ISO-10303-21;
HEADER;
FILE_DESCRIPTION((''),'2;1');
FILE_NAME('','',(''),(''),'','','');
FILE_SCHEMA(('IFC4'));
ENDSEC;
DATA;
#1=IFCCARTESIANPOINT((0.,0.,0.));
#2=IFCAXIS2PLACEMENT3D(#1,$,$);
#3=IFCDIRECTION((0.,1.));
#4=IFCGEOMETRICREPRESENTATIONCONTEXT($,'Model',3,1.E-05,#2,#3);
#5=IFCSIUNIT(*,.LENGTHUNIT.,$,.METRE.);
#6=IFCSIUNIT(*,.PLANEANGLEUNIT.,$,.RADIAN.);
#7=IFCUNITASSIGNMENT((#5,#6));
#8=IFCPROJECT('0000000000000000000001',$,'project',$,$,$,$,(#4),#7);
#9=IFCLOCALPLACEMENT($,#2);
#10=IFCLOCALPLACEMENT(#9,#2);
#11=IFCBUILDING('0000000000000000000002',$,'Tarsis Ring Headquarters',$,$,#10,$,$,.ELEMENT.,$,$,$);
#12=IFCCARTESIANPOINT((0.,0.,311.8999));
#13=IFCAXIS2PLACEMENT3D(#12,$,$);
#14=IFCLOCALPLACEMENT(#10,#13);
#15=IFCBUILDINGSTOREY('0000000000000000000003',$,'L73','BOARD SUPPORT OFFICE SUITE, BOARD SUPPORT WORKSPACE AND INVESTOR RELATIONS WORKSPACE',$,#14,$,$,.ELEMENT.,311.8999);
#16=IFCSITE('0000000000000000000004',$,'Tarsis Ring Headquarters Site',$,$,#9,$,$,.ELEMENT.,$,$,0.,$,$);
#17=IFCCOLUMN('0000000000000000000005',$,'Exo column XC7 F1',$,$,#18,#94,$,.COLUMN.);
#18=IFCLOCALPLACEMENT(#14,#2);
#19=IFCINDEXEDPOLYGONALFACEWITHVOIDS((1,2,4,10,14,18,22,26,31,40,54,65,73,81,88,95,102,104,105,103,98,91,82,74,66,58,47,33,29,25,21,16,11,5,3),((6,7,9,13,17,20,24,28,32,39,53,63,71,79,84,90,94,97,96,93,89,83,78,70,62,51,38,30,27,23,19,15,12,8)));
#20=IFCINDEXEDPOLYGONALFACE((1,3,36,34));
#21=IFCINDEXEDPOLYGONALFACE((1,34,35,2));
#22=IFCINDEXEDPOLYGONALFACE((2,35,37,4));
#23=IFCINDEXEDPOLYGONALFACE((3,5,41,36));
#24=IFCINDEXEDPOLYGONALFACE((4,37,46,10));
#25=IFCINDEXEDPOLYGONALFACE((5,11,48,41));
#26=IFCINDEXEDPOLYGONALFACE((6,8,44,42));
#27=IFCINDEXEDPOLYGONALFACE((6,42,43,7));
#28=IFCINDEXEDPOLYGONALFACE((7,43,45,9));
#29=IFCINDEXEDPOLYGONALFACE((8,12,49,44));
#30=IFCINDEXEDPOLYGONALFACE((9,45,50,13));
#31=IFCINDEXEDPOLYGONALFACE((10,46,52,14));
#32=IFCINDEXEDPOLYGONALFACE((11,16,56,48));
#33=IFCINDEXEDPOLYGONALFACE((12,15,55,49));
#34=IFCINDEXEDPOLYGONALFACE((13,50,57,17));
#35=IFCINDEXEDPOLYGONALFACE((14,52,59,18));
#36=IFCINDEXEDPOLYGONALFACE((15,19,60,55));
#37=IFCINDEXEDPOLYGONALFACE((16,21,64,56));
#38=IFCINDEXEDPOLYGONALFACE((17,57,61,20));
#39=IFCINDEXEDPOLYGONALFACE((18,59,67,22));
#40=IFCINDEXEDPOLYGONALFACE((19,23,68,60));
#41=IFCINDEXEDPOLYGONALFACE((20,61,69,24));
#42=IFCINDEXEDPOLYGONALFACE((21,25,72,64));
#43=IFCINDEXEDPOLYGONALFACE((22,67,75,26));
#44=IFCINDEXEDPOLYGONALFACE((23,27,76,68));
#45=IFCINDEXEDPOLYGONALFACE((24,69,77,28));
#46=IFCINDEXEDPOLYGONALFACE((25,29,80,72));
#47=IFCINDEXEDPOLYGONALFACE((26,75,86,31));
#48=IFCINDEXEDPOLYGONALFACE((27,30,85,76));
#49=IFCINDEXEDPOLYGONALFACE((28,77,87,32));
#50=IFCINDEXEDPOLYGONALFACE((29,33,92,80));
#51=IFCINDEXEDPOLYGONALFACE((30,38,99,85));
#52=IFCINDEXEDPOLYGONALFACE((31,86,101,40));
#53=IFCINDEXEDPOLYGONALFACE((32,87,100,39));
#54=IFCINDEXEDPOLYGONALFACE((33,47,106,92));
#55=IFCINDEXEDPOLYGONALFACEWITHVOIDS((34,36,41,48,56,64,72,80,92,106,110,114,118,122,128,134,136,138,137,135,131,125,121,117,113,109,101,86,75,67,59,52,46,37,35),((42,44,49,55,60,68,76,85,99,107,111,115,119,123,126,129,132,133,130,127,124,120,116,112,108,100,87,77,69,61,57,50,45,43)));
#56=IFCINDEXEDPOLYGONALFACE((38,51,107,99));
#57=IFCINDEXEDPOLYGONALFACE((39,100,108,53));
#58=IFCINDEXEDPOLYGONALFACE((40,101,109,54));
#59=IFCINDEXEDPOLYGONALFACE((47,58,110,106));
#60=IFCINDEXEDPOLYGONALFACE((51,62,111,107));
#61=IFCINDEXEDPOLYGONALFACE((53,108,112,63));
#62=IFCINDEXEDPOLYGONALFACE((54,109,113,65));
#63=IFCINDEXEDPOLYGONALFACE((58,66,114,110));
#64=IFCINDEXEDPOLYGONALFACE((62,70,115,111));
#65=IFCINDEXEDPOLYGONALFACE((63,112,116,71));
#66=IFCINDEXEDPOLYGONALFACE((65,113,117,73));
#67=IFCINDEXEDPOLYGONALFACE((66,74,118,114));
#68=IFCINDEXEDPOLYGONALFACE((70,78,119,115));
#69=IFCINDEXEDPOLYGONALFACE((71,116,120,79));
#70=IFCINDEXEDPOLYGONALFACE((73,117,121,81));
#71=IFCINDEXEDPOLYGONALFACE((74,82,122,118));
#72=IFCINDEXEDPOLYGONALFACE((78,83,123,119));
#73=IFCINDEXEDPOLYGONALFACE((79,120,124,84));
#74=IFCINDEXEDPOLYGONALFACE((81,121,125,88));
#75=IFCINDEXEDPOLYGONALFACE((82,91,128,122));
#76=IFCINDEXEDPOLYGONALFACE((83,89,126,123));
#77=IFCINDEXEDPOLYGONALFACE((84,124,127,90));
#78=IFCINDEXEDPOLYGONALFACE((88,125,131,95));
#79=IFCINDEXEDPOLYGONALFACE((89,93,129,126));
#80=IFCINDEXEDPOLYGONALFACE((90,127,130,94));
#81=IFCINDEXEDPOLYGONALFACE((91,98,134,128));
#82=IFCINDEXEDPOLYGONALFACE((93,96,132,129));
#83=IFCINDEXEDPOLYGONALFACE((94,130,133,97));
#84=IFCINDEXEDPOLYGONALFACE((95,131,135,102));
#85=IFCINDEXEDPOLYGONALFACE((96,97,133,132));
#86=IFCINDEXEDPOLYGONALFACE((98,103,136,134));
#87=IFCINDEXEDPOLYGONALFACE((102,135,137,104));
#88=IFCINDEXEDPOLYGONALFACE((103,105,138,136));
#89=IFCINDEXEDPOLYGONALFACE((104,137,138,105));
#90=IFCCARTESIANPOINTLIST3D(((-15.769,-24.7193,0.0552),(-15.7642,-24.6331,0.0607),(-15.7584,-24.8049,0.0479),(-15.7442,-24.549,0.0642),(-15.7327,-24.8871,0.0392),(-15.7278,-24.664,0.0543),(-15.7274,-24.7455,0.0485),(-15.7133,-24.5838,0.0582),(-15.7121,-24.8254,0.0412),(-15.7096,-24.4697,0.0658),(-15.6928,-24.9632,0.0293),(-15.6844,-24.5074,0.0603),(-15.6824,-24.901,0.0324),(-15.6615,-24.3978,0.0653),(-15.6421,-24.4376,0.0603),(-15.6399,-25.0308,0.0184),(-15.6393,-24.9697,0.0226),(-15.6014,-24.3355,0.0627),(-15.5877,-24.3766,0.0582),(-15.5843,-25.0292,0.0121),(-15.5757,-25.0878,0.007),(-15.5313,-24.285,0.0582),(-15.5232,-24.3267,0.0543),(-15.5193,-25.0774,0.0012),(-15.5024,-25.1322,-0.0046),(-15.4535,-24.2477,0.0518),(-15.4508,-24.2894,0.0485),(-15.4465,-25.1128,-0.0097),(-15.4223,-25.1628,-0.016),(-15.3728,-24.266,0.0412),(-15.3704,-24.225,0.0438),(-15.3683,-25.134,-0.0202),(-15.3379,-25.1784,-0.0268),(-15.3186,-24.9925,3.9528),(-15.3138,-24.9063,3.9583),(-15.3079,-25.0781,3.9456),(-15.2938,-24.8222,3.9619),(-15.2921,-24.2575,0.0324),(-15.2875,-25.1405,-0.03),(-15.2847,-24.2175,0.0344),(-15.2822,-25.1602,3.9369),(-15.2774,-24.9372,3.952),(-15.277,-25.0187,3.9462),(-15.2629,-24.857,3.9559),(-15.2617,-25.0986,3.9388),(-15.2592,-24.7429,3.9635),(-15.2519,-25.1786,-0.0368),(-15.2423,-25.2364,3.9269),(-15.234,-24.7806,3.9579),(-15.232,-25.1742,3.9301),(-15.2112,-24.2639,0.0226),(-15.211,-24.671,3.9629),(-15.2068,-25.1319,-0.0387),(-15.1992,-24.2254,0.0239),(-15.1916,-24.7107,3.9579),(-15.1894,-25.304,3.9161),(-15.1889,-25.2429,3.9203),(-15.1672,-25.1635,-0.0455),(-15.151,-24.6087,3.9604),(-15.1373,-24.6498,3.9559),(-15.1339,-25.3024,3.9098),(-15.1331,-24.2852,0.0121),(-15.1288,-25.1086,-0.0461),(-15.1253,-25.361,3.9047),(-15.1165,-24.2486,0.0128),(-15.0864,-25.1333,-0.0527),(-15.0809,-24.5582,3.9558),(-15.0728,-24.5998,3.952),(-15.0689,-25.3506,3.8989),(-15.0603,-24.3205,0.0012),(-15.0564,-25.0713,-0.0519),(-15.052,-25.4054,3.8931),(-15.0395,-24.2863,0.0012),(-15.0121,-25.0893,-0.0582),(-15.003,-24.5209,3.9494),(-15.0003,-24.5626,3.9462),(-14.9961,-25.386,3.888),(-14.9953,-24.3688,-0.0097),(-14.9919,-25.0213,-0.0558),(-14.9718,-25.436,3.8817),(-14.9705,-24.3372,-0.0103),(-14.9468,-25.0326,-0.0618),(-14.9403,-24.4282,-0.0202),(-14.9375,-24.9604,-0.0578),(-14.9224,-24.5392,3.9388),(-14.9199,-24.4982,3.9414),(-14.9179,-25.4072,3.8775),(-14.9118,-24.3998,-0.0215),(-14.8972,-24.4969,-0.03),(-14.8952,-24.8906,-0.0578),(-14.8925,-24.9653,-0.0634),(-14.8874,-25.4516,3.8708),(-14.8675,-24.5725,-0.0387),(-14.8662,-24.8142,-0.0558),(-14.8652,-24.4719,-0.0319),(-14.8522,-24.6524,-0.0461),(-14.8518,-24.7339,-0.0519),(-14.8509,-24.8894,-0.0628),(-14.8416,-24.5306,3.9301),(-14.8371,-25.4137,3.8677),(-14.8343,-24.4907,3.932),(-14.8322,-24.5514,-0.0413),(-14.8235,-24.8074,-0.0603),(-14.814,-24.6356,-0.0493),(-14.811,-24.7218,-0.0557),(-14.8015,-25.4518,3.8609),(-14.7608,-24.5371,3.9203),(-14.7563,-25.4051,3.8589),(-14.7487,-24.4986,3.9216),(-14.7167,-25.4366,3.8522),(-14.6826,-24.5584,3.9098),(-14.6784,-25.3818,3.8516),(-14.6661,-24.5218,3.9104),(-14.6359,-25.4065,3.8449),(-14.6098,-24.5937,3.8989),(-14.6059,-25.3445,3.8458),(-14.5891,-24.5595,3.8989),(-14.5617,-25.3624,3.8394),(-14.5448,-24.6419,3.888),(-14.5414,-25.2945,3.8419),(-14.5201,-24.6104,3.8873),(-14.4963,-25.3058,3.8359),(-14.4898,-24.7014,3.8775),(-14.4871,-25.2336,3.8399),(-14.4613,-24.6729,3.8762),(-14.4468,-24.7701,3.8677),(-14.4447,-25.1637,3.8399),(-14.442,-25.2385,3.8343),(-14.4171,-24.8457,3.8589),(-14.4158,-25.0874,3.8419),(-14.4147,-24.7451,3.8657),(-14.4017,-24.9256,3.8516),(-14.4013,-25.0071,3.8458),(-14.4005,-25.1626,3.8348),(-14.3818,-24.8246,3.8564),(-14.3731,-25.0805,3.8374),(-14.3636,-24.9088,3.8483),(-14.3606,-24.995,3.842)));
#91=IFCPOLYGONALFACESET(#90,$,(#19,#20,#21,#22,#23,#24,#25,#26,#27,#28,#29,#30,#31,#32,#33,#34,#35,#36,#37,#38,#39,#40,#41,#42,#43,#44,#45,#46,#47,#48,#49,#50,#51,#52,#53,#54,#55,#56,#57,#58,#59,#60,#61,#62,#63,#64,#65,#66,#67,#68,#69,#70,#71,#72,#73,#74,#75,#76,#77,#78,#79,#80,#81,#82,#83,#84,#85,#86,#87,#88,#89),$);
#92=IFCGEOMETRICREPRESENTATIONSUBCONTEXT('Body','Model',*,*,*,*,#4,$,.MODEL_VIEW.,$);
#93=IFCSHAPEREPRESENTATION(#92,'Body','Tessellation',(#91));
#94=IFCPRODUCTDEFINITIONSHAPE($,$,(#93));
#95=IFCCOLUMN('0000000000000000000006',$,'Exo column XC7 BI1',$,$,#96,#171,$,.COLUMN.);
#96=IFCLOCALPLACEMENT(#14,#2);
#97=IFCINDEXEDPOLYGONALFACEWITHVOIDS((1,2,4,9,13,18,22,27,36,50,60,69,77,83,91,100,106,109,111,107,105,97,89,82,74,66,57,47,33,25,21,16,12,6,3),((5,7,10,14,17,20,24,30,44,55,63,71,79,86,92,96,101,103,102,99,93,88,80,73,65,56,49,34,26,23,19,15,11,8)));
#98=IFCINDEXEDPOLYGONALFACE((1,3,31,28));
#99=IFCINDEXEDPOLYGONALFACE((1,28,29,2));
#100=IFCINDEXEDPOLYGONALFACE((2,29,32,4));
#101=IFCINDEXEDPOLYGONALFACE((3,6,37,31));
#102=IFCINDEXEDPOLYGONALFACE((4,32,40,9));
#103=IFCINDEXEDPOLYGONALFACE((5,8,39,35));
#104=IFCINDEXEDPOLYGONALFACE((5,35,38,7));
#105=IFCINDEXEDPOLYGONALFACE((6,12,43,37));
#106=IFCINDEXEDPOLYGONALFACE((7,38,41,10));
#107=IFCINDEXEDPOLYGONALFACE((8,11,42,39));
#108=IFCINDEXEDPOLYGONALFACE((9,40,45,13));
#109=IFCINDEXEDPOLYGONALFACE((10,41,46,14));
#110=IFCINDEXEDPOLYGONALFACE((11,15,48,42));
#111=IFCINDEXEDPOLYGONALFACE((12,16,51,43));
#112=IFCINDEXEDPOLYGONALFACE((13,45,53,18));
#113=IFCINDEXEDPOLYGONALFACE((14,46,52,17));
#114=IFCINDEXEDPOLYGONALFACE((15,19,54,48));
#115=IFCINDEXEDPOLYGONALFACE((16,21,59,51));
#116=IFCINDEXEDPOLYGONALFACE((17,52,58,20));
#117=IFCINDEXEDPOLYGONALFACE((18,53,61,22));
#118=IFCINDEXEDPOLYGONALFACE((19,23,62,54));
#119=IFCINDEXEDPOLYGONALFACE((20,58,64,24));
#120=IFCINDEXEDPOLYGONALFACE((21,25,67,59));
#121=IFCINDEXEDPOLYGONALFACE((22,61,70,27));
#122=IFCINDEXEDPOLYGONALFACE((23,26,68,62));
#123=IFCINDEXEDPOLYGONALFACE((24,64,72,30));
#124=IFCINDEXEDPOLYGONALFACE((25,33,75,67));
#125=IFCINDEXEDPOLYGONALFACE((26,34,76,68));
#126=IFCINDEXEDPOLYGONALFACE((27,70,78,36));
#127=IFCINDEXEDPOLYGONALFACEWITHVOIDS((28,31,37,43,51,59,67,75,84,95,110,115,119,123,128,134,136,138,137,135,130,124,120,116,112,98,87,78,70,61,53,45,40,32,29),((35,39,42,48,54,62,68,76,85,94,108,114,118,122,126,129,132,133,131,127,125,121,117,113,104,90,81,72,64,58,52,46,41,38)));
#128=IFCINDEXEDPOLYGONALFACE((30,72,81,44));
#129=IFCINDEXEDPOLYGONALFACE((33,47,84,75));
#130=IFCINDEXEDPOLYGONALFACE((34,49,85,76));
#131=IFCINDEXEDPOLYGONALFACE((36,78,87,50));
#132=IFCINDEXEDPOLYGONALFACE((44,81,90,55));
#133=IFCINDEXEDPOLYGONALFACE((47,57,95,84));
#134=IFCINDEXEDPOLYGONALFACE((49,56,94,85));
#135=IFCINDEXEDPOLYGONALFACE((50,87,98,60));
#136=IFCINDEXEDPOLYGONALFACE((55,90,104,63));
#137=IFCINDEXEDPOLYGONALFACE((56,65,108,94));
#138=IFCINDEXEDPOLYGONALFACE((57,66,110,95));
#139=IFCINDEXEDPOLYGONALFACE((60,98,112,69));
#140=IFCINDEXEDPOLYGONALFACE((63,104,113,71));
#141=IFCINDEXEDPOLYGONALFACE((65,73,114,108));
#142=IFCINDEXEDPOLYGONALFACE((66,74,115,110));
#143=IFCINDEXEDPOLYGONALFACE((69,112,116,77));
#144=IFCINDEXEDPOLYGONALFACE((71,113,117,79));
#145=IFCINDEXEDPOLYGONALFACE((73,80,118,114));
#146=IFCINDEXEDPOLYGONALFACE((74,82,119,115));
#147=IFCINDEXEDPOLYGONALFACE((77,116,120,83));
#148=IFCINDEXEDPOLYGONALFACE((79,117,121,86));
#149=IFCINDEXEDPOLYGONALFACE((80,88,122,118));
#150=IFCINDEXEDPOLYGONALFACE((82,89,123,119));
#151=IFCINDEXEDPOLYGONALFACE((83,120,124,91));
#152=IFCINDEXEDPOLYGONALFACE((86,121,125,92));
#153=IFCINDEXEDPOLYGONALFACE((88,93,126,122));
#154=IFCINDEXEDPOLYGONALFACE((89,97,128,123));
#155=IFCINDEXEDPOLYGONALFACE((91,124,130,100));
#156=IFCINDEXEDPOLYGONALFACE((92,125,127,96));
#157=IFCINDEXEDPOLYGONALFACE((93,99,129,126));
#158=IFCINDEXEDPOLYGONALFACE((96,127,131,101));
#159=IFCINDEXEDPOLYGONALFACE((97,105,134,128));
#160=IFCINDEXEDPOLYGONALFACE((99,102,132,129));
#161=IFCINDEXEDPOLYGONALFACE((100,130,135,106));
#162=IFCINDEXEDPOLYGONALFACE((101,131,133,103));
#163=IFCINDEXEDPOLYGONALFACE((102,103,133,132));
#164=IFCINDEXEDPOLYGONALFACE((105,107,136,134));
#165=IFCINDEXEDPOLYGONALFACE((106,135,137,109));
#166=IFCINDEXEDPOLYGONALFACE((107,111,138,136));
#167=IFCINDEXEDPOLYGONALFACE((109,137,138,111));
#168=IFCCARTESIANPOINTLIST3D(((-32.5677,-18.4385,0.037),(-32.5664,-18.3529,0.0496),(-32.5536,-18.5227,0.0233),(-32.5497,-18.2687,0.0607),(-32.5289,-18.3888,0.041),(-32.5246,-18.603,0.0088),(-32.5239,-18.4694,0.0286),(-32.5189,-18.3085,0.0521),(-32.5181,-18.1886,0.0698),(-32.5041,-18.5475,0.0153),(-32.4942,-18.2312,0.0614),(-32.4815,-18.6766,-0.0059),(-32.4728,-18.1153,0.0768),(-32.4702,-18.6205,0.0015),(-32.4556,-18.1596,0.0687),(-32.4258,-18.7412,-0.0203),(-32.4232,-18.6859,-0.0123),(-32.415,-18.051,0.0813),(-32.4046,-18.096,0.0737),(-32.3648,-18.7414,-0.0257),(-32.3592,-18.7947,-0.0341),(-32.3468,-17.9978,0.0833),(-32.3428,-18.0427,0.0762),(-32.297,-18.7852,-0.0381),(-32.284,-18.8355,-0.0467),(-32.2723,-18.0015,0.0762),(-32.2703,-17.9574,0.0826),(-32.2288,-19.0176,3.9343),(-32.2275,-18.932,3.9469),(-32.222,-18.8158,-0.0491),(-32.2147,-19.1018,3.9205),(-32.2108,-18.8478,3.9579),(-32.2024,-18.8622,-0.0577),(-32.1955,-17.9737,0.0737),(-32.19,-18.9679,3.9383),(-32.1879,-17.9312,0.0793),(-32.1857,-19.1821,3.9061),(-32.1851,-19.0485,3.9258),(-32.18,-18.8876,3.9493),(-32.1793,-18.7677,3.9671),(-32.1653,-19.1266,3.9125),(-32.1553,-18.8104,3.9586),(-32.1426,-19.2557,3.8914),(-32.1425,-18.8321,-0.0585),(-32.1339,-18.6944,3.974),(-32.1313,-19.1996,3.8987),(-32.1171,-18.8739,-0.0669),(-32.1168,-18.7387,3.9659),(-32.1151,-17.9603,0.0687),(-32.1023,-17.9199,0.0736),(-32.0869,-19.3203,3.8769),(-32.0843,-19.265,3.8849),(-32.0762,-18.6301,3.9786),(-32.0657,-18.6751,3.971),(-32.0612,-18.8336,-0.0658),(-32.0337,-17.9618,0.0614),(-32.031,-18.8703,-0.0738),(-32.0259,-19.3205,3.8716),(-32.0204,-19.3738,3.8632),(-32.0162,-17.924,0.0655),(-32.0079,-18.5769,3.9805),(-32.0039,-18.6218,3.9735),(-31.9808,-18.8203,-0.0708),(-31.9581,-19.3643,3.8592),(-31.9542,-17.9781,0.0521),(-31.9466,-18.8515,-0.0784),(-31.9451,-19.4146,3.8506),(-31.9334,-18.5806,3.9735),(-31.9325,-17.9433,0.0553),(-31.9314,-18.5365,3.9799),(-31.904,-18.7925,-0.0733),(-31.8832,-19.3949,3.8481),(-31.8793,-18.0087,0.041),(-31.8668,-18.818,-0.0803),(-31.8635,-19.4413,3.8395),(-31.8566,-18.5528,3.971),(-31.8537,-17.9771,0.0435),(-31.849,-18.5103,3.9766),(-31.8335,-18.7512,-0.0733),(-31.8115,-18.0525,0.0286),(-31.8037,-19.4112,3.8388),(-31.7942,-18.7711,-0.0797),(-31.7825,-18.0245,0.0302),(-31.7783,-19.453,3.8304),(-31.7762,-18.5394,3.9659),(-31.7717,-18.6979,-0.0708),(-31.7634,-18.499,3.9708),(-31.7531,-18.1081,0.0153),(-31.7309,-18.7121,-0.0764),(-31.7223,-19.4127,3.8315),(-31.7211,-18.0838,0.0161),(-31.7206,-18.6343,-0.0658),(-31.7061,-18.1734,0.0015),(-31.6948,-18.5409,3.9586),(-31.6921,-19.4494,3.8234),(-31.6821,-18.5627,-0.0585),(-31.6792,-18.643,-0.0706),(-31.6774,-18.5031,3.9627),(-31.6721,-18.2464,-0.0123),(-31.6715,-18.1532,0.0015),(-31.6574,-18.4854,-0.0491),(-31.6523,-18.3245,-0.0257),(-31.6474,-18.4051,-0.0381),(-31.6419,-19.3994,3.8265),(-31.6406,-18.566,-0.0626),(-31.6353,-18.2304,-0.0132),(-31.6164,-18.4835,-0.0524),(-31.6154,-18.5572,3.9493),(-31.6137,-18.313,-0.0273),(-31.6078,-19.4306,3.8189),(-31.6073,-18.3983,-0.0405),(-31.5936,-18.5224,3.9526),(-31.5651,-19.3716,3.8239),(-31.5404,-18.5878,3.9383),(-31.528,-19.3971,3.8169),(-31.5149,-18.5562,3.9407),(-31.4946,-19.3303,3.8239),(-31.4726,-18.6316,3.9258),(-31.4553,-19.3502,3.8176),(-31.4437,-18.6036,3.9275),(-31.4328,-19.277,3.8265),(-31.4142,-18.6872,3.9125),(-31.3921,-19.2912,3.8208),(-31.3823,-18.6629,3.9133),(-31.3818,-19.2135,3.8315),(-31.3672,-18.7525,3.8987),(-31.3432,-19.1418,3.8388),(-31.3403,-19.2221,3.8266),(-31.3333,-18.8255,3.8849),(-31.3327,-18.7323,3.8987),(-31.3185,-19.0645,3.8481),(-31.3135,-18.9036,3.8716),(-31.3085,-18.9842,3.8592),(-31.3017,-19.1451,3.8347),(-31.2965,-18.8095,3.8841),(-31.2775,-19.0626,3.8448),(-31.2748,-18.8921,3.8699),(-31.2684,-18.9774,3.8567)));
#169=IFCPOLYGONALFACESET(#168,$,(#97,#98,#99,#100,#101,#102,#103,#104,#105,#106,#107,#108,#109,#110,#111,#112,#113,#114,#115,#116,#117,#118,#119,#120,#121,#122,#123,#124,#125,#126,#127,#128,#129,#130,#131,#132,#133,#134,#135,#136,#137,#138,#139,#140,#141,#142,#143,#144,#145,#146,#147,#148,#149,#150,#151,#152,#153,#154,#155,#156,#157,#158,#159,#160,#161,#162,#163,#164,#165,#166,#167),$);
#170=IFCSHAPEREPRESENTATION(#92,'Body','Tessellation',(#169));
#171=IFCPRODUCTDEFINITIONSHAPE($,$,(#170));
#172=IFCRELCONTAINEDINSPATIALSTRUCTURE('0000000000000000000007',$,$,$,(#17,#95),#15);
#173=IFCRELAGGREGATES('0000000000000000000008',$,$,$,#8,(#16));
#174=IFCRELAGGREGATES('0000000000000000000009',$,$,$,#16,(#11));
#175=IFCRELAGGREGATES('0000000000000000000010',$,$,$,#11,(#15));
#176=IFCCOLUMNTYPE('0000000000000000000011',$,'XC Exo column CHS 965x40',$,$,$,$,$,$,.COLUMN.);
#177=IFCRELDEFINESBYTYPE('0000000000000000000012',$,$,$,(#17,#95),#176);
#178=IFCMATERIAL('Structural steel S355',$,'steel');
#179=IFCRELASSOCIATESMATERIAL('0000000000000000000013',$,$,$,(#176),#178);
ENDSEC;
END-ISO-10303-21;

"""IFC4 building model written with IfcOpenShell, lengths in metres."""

from ifc_helpers import new_model, si_unit, direction, frame, origin, origin_2d, place, context, subcontext, project, spatial, hollow_circle, extrude, material, material_profile, profile_set, type_object, element, save


model = new_model("IFC4")

# Units and contexts
model_context = context("Model", 3, precision=1e-05, world=origin(), true_north=direction((0.0, 1.0)))
body_context = subcontext(model_context, "Body", "Model", "MODEL_VIEW")
ifc_project = project(units=[si_unit("LENGTHUNIT", "METRE"), si_unit("PLANEANGLEUNIT", "RADIAN")], contexts=[model_context])

# Site, building, storey
site_placement = place(None, origin())
site = spatial("IfcSite", under=ifc_project, at=site_placement, Name="Tarsis Ring Headquarters Site", CompositionType="ELEMENT", RefElevation=0.0)
building_placement = place(site_placement, origin())
building = spatial("IfcBuilding", under=site, at=building_placement, Name="Tarsis Ring Headquarters", CompositionType="ELEMENT")
storey_placement = place(building_placement, frame((0.0, 0.0, 311.8999)))
storey = spatial("IfcBuildingStorey", under=building, at=storey_placement, Name="L73", Description="BOARD SUPPORT OFFICE SUITE, BOARD SUPPORT WORKSPACE AND INVESTOR RELATIONS WORKSPACE", CompositionType="ELEMENT", Elevation=311.8999)

# Columns
ifc_material_1 = material(Name="Structural steel S355", Category="steel")
ifc_material_profile_1 = material_profile(ifc_material_1, hollow_circle(Radius=0.4827, WallThickness=0.04, at=origin_2d()), Name="CHS 965x40")
ifc_profile_set_1 = profile_set([ifc_material_profile_1], Name="Structural steel S355")
column_type = type_object("IfcColumnType", Name="XC Exo column CHS 965x40", PredefinedType="COLUMN", material=ifc_profile_set_1)
column_1_placement = place(storey_placement, frame((-15.2898, -24.699, 0.0012), z_axis=(0.114524, -0.069459, 0.990989), x_axis=(0.518579, 0.85503, 0.0)))
element("IfcColumn", 1, at=column_1_placement, inside=storey, type_object=column_type, Name="Exo column XC7 F1", PredefinedType="COLUMN", context=body_context, shape_type="SweptSolid", body=[
    extrude(hollow_circle(Radius=0.4827, WallThickness=0.04, at=origin_2d()), origin(), (0.0, 0.0, 1.0), 3.9331),
])
column_2_placement = place(storey_placement, frame((-32.0881, -18.397, 0.0015), z_axis=(0.08569, -0.146439, 0.985501), x_axis=(0.863092, 0.505047, 0.0)))
element("IfcColumn", 2, at=column_2_placement, inside=storey, type_object=column_type, Name="Exo column XC7 BI1", PredefinedType="COLUMN", context=body_context, shape_type="SweptSolid", body=[
    extrude(hollow_circle(Radius=0.4827, WallThickness=0.04, at=origin_2d()), origin(), (0.0, 0.0, 1.0), 3.9546),
])

save(model, "model.ifc")
